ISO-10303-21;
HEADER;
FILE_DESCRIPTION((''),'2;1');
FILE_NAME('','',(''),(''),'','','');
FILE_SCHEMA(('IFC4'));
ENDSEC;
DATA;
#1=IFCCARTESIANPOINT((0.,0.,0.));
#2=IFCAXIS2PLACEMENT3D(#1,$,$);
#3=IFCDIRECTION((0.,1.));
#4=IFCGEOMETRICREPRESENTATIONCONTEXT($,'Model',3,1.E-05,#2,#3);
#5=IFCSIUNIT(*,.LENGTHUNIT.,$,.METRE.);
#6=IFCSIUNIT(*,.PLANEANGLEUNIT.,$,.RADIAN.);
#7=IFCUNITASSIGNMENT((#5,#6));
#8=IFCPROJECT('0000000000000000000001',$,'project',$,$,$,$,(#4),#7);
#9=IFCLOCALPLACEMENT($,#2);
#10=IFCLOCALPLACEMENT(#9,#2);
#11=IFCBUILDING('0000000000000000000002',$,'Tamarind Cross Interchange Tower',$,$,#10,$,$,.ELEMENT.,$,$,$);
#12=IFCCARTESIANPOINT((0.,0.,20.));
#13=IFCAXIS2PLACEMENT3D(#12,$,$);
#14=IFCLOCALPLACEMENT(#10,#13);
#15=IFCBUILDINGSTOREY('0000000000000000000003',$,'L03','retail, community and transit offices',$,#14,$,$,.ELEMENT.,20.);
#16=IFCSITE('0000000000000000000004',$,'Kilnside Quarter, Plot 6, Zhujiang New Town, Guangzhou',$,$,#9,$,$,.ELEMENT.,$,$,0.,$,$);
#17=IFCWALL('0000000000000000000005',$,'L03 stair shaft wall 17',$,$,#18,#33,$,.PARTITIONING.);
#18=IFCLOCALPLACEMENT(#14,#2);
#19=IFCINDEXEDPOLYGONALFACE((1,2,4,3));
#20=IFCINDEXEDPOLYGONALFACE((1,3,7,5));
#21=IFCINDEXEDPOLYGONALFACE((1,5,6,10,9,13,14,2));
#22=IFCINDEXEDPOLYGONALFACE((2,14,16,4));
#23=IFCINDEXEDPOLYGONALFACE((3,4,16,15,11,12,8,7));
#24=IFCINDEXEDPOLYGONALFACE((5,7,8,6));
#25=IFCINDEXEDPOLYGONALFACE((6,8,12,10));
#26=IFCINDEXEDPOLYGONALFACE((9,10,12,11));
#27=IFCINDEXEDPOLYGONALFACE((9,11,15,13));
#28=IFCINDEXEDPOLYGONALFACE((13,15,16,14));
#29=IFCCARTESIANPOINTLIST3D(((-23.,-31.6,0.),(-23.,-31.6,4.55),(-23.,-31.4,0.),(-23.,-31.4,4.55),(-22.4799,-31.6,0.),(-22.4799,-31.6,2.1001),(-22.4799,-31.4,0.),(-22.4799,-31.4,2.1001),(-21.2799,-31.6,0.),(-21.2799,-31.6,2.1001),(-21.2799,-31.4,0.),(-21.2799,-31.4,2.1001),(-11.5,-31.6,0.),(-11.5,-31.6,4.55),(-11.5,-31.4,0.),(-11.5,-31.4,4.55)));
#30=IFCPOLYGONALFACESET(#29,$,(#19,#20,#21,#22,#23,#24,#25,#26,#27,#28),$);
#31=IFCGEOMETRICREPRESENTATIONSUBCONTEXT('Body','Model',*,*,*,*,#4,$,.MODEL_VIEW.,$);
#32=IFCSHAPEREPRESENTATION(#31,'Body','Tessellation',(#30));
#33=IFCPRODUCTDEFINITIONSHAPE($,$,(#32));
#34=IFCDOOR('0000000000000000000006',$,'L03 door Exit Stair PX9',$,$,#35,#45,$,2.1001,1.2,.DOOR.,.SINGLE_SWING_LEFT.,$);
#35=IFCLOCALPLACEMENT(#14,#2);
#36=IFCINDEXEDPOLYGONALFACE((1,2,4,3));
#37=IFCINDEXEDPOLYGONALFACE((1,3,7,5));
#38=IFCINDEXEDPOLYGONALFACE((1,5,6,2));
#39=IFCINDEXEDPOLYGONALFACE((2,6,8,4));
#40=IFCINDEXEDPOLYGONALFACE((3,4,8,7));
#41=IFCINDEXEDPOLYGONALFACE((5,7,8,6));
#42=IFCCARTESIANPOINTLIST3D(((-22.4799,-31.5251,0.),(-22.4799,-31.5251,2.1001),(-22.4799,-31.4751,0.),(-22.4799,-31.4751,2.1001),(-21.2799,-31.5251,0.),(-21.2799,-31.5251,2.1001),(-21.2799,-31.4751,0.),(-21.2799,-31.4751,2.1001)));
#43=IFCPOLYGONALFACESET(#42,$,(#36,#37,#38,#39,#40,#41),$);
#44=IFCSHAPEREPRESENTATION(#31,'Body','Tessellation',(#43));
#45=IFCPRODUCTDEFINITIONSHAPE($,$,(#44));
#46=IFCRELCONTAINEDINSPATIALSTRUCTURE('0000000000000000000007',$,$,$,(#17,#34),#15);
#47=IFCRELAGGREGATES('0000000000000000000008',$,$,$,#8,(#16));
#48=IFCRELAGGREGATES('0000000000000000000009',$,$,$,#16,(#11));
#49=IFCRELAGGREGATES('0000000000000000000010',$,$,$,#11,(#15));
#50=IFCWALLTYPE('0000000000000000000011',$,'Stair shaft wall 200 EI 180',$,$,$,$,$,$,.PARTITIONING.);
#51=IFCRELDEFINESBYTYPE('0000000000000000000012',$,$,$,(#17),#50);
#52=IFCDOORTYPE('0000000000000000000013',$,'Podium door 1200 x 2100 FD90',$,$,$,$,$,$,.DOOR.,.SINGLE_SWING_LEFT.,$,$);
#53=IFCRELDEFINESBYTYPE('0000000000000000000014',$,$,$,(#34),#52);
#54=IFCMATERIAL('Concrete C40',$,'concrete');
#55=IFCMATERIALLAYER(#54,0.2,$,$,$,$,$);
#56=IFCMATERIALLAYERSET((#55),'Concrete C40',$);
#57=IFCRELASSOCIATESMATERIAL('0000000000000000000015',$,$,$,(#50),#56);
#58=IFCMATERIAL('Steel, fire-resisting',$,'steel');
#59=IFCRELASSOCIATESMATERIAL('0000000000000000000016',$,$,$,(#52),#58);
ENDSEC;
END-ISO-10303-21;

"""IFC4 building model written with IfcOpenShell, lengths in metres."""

from ifc_helpers import new_model, si_unit, direction, frame, frame_2d, origin, place, context, subcontext, project, spatial, rectangle, extrude, material, layer, layer_set, type_object, element, fill, save


model = new_model("IFC4")

# Units and contexts
model_context = context("Model", 3, precision=1e-05, world=origin(), true_north=direction((0.0, 1.0)))
body_context = subcontext(model_context, "Body", "Model", "MODEL_VIEW")
ifc_project = project(units=[si_unit("LENGTHUNIT", "METRE"), si_unit("PLANEANGLEUNIT", "RADIAN")], contexts=[model_context])

# Site, building, storey
site_placement = place(None, origin())
site = spatial("IfcSite", under=ifc_project, at=site_placement, Name="Kilnside Quarter, Plot 6, Zhujiang New Town, Guangzhou", CompositionType="ELEMENT", RefElevation=0.0)
building_placement = place(site_placement, origin())
building = spatial("IfcBuilding", under=site, at=building_placement, Name="Tamarind Cross Interchange Tower", CompositionType="ELEMENT")
storey_placement = place(building_placement, frame((0.0, 0.0, 20.0)))
storey = spatial("IfcBuildingStorey", under=building, at=storey_placement, Name="L03", Description="retail, community and transit offices", CompositionType="ELEMENT", Elevation=20.0)

# Shared definitions
ifc_material_1 = material(Name="Steel, fire-resisting", Category="steel")

# Shared definitions
ifc_material_2 = material(Name="Concrete C40", Category="concrete")
ifc_layer_1 = layer(ifc_material_2, 0.2)
ifc_layer_set_1 = layer_set([ifc_layer_1], Name="Concrete C40")
wall_type_1 = type_object("IfcWallType", Name="Stair shaft wall 200 EI 180", PredefinedType="PARTITIONING", material=ifc_layer_set_1)

# Wall, opening, door
wall_1_placement = place(storey_placement, frame((-23.0, -31.5, 0.0), z_axis=(0.0, 0.0, 1.0), x_axis=(1.0, 0.0, 0.0)))
wall_1 = element("IfcWall", 1, at=wall_1_placement, inside=storey, type_object=wall_type_1, Name="L03 stair shaft wall 17", PredefinedType="PARTITIONING", context=body_context, shape_type="SweptSolid", body=[
    extrude(rectangle(XDim=11.5, YDim=0.2, at=frame_2d((5.75, 0.0))), origin(), (0.0, 0.0, 1.0), 4.55),
])
opening_1_placement = place(wall_1_placement, frame((0.52, 0.0, 0.0)))
opening_1 = element("IfcOpeningElement", 2, at=opening_1_placement, cuts=wall_1, PredefinedType="OPENING", context=body_context, shape_type="SweptSolid", body=[
    extrude(rectangle(XDim=1.2, YDim=2.1001, at=frame_2d((0.6001, 1.05))), frame((0.0, 0.1099, 0.0), z_axis=(0.0, -1.0, 0.0), x_axis=(1.0, 0.0, 0.0)), (0.0, 0.0, 1.0), 0.22),
])
door_type_1 = type_object("IfcDoorType", Name="Podium door 1200 x 2100 FD90", OperationType="SINGLE_SWING_LEFT", PredefinedType="DOOR", material=ifc_material_1)
door_1_placement = place(opening_1_placement, origin())
door_1 = element("IfcDoor", 3, at=door_1_placement, inside=storey, type_object=door_type_1, Name="L03 door Exit Stair PX9", OperationType="SINGLE_SWING_LEFT", OverallHeight=2.1001, OverallWidth=1.2, PredefinedType="DOOR", context=body_context, shape_type="SweptSolid", body=[
    extrude(rectangle(XDim=1.2, YDim=2.1001, at=frame_2d((0.6001, 1.05))), frame((0.0, 0.0249, 0.0), z_axis=(0.0, -1.0, 0.0), x_axis=(1.0, 0.0, 0.0)), (0.0, 0.0, 1.0), 0.05),
])
fill(opening_1, door_1)

save(model, "model.ifc")
